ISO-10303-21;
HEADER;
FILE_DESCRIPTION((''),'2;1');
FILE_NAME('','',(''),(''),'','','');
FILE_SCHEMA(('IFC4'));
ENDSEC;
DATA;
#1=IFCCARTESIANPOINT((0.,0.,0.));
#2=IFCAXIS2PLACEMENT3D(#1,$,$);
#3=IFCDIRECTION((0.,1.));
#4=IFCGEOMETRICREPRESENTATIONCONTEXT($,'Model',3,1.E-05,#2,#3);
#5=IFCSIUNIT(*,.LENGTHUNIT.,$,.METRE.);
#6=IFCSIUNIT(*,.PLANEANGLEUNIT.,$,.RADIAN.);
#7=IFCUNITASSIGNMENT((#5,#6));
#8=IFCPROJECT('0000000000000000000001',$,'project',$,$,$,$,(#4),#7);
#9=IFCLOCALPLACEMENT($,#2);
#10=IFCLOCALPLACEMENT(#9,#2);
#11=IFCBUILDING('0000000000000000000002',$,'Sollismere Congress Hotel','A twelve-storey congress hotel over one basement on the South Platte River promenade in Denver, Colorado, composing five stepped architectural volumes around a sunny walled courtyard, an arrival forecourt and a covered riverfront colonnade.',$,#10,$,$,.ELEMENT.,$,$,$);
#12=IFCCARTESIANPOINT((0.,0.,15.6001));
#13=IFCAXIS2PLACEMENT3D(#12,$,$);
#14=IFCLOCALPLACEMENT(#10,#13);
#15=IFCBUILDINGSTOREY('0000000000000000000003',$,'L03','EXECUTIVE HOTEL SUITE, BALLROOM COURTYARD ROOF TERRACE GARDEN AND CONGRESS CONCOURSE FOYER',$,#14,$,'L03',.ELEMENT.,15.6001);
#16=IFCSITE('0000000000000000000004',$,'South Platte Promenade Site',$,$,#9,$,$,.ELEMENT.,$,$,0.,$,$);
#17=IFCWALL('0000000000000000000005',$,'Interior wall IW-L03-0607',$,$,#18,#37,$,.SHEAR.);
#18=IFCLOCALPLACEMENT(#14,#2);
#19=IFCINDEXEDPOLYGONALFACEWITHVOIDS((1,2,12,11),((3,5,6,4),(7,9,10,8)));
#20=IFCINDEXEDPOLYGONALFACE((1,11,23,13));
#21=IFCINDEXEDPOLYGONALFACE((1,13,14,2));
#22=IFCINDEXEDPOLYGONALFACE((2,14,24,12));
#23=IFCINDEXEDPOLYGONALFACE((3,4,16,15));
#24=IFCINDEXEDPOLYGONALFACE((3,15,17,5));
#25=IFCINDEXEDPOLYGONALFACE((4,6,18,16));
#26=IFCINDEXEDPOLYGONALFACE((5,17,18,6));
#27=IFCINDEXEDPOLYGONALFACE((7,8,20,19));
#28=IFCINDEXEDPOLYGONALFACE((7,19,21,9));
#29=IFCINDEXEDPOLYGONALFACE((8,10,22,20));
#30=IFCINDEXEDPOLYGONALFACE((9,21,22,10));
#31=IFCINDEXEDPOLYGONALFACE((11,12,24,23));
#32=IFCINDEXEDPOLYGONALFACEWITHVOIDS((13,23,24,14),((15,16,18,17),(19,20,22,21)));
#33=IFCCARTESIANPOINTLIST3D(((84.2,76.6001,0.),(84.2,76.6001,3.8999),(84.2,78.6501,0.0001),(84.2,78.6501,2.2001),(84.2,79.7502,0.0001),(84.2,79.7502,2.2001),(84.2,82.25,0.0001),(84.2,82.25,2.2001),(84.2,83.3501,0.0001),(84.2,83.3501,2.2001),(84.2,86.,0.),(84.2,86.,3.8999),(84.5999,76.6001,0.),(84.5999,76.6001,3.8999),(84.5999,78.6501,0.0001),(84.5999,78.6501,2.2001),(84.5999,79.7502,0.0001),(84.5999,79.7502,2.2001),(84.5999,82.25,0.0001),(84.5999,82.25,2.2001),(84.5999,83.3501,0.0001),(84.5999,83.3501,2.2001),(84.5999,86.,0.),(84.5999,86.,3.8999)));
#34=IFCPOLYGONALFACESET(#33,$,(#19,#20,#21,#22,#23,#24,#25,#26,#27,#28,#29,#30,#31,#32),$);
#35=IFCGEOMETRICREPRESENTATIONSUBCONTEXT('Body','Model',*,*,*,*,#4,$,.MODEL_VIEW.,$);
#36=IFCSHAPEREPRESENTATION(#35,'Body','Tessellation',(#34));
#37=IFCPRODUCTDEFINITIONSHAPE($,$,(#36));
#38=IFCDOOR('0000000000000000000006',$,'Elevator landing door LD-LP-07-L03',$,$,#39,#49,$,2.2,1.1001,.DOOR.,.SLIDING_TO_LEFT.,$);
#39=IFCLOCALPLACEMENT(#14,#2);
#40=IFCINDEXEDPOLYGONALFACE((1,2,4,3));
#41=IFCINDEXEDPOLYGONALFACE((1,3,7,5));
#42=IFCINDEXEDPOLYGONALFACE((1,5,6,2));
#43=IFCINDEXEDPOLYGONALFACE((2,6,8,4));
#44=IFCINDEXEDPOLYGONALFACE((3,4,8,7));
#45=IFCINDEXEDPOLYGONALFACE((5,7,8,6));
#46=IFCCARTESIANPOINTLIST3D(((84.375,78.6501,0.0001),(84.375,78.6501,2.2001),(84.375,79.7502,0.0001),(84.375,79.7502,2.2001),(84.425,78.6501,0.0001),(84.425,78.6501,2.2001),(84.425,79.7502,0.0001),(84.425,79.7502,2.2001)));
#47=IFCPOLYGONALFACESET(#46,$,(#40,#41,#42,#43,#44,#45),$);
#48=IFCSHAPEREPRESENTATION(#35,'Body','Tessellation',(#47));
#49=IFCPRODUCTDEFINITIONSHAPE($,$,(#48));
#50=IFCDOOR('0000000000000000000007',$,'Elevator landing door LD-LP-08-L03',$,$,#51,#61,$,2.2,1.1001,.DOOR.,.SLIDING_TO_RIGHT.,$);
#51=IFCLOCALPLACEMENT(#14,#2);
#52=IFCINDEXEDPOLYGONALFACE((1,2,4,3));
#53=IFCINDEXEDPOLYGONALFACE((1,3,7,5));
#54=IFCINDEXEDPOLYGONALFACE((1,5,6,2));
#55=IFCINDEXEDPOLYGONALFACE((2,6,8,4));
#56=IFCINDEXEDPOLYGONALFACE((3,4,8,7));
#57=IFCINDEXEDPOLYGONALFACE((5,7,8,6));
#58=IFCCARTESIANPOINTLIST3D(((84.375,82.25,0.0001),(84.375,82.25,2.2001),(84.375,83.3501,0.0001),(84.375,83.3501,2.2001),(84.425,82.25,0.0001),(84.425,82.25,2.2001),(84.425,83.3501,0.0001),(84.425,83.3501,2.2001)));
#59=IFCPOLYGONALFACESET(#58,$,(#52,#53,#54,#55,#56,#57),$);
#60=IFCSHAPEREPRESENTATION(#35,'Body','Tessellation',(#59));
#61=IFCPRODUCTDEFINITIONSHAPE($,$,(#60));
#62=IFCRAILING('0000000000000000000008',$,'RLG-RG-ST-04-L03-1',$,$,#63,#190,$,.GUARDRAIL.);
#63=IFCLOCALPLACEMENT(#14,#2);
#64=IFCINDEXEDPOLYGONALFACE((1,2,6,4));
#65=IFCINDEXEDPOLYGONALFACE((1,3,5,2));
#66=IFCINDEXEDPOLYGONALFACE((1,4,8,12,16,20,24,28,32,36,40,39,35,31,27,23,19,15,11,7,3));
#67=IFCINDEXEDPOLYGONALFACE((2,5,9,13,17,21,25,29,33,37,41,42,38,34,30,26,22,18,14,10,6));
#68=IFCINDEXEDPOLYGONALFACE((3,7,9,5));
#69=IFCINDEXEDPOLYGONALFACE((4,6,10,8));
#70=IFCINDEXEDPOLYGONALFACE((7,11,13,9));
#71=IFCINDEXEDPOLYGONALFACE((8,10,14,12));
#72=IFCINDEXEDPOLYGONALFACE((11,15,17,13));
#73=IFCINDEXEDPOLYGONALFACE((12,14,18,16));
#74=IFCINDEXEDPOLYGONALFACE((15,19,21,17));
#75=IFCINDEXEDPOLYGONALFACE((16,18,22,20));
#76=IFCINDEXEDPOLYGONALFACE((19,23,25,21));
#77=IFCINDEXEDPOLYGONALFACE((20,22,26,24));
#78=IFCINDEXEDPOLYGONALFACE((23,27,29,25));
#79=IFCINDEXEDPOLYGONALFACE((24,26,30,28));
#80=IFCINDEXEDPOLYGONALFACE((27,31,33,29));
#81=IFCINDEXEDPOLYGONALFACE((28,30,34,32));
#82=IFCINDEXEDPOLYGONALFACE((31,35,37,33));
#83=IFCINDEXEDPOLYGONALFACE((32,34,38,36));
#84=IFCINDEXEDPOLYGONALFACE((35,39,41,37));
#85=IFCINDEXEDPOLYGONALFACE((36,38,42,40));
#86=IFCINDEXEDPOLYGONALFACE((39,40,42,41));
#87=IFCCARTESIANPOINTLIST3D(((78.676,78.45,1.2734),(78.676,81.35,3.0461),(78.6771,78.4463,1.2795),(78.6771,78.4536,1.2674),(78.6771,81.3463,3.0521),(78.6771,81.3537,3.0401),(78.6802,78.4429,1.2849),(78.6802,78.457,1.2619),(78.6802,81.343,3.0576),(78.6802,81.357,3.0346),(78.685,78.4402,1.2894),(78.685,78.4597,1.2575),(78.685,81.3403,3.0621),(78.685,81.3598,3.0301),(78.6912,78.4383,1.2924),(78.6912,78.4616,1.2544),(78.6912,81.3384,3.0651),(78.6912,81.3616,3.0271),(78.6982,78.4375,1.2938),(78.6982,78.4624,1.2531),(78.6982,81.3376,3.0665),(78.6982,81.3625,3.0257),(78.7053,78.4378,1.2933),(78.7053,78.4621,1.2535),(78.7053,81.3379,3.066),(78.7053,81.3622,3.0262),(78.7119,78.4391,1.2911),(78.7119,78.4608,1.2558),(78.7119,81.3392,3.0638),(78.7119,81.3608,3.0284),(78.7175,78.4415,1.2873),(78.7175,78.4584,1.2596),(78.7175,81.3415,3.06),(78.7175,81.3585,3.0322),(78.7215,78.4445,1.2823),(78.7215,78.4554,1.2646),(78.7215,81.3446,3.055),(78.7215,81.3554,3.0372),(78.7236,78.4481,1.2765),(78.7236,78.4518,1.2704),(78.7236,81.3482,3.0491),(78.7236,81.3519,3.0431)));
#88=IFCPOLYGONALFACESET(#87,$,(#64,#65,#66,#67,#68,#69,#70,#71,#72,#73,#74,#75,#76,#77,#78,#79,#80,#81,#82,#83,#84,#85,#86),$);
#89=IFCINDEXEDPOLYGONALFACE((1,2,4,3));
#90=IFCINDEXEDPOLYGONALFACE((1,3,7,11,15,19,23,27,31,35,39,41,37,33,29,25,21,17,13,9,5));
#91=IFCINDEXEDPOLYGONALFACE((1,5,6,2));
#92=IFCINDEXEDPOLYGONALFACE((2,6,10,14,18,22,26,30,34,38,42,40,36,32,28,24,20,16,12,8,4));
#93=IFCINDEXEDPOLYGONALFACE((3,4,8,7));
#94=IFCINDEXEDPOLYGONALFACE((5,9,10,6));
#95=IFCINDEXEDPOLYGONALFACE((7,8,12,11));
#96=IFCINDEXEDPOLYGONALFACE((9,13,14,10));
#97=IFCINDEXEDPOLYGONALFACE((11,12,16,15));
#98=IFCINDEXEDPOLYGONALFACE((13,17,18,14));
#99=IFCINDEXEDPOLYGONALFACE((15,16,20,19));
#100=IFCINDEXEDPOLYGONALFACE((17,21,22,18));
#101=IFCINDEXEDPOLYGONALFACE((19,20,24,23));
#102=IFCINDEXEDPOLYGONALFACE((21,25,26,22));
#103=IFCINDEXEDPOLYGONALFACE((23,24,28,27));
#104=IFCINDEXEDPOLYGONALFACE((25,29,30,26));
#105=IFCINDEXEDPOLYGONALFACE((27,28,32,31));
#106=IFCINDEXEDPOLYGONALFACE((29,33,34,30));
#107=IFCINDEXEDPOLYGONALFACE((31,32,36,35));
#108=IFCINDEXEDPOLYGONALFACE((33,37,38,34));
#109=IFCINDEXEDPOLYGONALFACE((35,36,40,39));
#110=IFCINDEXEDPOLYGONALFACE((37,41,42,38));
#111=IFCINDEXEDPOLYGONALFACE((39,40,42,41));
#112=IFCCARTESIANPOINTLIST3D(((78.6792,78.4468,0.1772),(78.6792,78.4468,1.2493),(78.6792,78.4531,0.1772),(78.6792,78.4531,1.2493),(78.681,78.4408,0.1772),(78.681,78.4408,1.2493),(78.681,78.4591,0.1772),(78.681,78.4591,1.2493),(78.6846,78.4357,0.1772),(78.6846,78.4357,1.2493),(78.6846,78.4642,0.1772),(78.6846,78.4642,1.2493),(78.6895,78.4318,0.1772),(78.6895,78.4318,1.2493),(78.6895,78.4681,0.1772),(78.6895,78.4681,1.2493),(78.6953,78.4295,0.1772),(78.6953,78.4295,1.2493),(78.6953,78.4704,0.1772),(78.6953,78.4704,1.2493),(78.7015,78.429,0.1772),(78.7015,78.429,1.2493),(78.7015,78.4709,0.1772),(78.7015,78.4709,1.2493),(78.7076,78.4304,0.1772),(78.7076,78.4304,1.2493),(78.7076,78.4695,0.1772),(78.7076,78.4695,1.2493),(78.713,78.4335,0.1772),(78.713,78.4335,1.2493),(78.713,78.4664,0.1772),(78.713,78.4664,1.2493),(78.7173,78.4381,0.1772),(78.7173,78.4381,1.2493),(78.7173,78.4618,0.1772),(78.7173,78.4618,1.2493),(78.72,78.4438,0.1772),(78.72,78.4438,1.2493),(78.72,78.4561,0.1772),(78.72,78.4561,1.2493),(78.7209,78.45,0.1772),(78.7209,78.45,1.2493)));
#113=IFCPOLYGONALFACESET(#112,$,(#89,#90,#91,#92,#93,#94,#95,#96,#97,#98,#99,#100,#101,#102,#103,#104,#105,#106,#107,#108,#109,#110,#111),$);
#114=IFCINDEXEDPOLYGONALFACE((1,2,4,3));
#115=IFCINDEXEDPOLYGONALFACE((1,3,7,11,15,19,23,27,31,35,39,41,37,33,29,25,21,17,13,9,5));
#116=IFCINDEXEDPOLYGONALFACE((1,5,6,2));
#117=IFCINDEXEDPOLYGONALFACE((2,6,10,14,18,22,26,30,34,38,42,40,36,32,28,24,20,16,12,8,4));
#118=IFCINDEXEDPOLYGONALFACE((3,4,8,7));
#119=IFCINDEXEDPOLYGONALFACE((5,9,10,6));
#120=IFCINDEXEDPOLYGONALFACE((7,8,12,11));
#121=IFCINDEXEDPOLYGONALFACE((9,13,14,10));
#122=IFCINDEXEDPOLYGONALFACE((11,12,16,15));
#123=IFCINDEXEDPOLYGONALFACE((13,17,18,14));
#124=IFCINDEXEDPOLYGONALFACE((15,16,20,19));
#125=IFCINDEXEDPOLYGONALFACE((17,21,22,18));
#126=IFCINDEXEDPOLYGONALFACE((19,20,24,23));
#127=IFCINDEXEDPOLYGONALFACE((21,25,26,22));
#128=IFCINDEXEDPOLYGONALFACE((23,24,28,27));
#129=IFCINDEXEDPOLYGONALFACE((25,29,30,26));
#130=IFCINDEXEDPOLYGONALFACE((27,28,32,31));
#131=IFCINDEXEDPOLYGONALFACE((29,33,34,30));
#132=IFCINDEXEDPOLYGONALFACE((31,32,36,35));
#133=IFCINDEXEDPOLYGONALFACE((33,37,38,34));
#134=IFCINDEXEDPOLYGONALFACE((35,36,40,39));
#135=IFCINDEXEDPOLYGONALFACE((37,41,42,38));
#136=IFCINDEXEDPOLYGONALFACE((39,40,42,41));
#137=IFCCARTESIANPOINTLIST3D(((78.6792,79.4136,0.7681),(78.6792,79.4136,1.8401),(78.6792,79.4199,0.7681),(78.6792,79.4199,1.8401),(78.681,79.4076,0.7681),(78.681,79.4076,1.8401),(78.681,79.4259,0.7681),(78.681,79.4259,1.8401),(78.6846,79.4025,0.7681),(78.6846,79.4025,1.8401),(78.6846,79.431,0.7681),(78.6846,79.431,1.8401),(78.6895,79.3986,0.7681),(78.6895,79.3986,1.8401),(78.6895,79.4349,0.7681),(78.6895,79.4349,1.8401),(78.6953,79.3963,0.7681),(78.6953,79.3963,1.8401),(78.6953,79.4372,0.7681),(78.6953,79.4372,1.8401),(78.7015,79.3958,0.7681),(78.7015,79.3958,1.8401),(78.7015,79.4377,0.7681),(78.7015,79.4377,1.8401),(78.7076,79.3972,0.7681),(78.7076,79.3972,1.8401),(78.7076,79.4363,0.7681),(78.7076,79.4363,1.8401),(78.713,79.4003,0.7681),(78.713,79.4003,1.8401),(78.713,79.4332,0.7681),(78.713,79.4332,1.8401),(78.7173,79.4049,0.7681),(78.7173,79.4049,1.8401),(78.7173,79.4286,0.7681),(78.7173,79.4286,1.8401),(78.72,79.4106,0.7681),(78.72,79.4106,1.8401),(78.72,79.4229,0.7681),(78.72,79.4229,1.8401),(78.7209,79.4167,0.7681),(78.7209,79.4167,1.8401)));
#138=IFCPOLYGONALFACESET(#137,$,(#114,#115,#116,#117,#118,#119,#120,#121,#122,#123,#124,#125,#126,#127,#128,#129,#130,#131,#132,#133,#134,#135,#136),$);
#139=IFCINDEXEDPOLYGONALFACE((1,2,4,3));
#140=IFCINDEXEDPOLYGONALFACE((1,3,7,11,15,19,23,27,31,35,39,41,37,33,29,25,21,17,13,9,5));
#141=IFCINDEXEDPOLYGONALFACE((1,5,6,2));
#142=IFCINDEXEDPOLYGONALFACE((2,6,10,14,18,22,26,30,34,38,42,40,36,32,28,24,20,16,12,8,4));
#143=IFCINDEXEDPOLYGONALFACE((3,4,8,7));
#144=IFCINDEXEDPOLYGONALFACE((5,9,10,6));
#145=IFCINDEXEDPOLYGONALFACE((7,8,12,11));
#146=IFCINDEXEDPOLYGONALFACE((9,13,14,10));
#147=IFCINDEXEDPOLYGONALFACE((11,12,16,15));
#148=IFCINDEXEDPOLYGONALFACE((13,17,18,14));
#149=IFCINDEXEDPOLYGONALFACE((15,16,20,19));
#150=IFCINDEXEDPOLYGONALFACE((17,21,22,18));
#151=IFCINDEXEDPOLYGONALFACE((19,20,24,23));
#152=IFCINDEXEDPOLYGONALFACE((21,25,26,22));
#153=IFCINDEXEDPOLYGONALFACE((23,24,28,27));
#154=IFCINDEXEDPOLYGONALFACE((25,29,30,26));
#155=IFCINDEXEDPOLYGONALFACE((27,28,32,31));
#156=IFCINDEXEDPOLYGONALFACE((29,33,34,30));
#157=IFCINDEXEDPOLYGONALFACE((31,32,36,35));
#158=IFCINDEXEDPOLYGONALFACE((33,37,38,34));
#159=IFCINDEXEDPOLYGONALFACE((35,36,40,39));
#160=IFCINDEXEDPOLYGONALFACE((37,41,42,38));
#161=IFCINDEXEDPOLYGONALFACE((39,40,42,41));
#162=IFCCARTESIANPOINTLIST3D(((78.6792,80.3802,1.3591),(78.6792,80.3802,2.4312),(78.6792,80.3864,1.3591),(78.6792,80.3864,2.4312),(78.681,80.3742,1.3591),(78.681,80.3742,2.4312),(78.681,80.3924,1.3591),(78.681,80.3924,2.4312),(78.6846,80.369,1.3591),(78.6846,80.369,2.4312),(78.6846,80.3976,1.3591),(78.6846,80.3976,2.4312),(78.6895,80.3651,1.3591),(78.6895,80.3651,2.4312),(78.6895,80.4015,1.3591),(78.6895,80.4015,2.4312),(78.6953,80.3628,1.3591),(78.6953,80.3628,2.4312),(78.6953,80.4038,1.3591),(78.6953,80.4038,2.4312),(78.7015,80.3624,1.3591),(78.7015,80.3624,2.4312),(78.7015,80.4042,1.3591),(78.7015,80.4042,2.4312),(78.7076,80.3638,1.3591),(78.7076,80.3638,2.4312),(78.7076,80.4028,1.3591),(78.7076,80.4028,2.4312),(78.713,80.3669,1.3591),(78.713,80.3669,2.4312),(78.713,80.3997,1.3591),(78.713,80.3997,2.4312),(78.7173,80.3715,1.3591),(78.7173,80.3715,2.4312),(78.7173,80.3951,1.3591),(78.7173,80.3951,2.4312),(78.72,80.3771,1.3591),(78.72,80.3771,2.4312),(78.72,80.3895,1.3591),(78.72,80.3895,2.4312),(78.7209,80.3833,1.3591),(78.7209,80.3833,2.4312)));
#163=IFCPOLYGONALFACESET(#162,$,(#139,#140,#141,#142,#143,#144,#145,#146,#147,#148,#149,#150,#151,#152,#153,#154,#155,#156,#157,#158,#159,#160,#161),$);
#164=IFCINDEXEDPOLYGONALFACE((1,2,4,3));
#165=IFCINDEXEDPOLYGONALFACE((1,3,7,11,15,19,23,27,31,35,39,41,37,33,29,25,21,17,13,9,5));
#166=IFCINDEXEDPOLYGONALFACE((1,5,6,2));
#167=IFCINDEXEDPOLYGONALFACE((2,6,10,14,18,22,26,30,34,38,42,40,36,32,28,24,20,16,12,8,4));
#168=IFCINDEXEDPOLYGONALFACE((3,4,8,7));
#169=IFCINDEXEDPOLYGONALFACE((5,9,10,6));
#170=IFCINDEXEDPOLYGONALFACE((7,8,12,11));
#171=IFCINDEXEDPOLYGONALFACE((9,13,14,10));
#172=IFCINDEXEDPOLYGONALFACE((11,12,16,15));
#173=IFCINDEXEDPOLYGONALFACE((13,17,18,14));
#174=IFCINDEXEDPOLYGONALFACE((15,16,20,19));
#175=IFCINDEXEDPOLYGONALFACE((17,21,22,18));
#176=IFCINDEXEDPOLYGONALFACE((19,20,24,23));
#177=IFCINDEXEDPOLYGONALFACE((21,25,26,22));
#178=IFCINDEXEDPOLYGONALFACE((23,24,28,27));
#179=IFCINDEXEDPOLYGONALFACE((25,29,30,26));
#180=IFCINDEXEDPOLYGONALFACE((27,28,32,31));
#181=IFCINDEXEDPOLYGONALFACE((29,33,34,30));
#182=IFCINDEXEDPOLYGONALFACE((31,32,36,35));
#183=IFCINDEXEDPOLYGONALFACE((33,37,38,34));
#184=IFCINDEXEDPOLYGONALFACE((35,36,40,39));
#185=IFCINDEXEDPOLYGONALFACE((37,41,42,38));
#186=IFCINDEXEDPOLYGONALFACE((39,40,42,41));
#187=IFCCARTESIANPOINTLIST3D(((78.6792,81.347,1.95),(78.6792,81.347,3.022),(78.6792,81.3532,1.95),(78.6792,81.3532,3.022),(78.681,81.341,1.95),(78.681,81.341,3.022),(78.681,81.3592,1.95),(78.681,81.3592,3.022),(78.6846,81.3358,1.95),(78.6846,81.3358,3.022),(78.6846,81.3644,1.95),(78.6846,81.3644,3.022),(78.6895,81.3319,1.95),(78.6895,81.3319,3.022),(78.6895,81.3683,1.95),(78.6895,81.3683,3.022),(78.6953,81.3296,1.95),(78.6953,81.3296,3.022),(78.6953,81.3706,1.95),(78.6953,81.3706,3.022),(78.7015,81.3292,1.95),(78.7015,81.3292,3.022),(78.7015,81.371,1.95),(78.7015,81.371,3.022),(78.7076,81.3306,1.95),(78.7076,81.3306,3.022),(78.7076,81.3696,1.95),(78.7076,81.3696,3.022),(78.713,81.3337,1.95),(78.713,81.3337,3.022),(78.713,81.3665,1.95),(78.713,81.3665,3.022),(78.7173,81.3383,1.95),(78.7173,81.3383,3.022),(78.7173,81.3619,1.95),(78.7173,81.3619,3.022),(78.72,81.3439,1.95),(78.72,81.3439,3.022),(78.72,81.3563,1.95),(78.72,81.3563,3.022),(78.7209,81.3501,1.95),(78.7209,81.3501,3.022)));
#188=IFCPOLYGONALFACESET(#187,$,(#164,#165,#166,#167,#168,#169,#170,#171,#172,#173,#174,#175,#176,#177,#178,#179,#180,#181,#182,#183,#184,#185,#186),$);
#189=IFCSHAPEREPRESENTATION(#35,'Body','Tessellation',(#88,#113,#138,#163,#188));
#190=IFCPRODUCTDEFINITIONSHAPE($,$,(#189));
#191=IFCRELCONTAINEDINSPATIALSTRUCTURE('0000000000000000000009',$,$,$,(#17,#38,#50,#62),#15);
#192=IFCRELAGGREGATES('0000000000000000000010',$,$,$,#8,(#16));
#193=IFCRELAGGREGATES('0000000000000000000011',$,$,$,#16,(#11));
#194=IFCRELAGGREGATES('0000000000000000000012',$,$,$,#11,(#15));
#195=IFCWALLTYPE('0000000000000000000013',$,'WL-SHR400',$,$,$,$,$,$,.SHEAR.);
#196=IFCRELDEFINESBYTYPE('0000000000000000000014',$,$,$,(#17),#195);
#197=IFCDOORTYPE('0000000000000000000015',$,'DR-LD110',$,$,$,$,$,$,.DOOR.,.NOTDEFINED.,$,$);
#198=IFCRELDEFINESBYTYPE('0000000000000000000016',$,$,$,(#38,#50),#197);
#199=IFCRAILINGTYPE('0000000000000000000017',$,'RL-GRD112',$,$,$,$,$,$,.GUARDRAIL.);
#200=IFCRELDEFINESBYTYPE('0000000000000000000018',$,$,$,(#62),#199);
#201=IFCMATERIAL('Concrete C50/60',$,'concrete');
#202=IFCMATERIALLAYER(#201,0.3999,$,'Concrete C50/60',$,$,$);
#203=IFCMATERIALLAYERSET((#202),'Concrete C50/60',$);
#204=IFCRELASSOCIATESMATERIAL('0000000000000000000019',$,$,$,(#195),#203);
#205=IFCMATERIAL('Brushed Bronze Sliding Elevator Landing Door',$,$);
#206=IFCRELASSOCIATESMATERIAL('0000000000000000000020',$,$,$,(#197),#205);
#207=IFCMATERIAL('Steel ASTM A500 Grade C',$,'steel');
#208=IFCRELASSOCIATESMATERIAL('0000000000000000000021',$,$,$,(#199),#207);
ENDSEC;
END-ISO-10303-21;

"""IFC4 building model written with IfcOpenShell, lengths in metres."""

from ifc_helpers import new_model, si_unit, direction, frame, frame_2d, origin, origin_2d, place, context, subcontext, project, spatial, rectangle, circle, extrude, material, layer, layer_set, type_object, element, fill, save


model = new_model("IFC4")

# Units and contexts
model_context = context("Model", 3, precision=1e-05, world=origin(), true_north=direction((0.0, 1.0)))
body_context = subcontext(model_context, "Body", "Model", "MODEL_VIEW")
ifc_project = project(units=[si_unit("LENGTHUNIT", "METRE"), si_unit("PLANEANGLEUNIT", "RADIAN")], contexts=[model_context])

# Site, building, storey
site_placement = place(None, origin())
site = spatial("IfcSite", under=ifc_project, at=site_placement, Name="South Platte Promenade Site", CompositionType="ELEMENT", RefElevation=0.0)
building_placement = place(site_placement, origin())
building = spatial("IfcBuilding", under=site, at=building_placement, Name="Sollismere Congress Hotel", Description="A twelve-storey congress hotel over one basement on the South Platte River promenade in Denver, Colorado, composing five stepped architectural volumes around a sunny walled courtyard, an arrival forecourt and a covered riverfront colonnade.", CompositionType="ELEMENT")
storey_placement = place(building_placement, frame((0.0, 0.0, 15.6001)))
storey = spatial("IfcBuildingStorey", under=building, at=storey_placement, Name="L03", Description="EXECUTIVE HOTEL SUITE, BALLROOM COURTYARD ROOF TERRACE GARDEN AND CONGRESS CONCOURSE FOYER", LongName="L03", CompositionType="ELEMENT", Elevation=15.6001)

# Shared definitions
ifc_material_1 = material(Name="Concrete C50/60", Category="concrete")

# Shared definitions
ifc_layer_1 = layer(ifc_material_1, 0.3999, Name="Concrete C50/60")
ifc_layer_set_1 = layer_set([ifc_layer_1], Name="Concrete C50/60")
wall_type_1 = type_object("IfcWallType", Name="WL-SHR400", PredefinedType="SHEAR", material=ifc_layer_set_1)

# Wall, openings, doors
wall_1_placement = place(storey_placement, frame((84.3999, 76.6001, 0.0), z_axis=(0.0, 0.0, 1.0), x_axis=(0.0, 1.0, 0.0)))
wall_1 = element("IfcWall", 1, at=wall_1_placement, inside=storey, type_object=wall_type_1, Name="Interior wall IW-L03-0607", PredefinedType="SHEAR", context=body_context, shape_type="SweptSolid", body=[
    extrude(rectangle(XDim=9.3999, YDim=0.3999, at=frame_2d((4.7, 0.0))), origin(), (0.0, 0.0, 1.0), 3.8999),
])
opening_1_placement = place(wall_1_placement, frame((2.05, 0.0, 0.0)))
opening_1 = element("IfcOpeningElement", 2, at=opening_1_placement, cuts=wall_1, PredefinedType="OPENING", context=body_context, shape_type="SweptSolid", body=[
    extrude(rectangle(XDim=1.1001, YDim=2.2, at=frame_2d((0.55, 1.1001))), frame((0.0, 0.21, 0.0), z_axis=(0.0, -1.0, 0.0), x_axis=(1.0, 0.0, 0.0)), (0.0, 0.0, 1.0), 0.4199),
])
opening_2_placement = place(wall_1_placement, frame((5.6499, 0.0, 0.0)))
opening_2 = element("IfcOpeningElement", 3, at=opening_2_placement, cuts=wall_1, PredefinedType="OPENING", context=body_context, shape_type="SweptSolid", body=[
    extrude(rectangle(XDim=1.1001, YDim=2.2, at=frame_2d((0.55, 1.1001))), frame((0.0, 0.21, 0.0), z_axis=(0.0, -1.0, 0.0), x_axis=(1.0, 0.0, 0.0)), (0.0, 0.0, 1.0), 0.4199),
])
ifc_material_2 = material(Name="Brushed Bronze Sliding Elevator Landing Door")
door_type_1 = type_object("IfcDoorType", Name="DR-LD110", OperationType="NOTDEFINED", PredefinedType="DOOR", material=ifc_material_2)
door_1_placement = place(opening_1_placement, origin())
door_1 = element("IfcDoor", 4, at=door_1_placement, inside=storey, type_object=door_type_1, Name="Elevator landing door LD-LP-07-L03", OperationType="SLIDING_TO_LEFT", OverallHeight=2.2, OverallWidth=1.1001, PredefinedType="DOOR", context=body_context, shape_type="SweptSolid", body=[
    extrude(rectangle(XDim=1.1001, YDim=2.2, at=frame_2d((0.55, 1.1001))), frame((0.0, 0.0249, 0.0), z_axis=(0.0, -1.0, 0.0), x_axis=(1.0, 0.0, 0.0)), (0.0, 0.0, 1.0), 0.05),
])
fill(opening_1, door_1)
door_2_placement = place(opening_2_placement, origin())
door_2 = element("IfcDoor", 5, at=door_2_placement, inside=storey, type_object=door_type_1, Name="Elevator landing door LD-LP-08-L03", OperationType="SLIDING_TO_RIGHT", OverallHeight=2.2, OverallWidth=1.1001, PredefinedType="DOOR", context=body_context, shape_type="SweptSolid", body=[
    extrude(rectangle(XDim=1.1001, YDim=2.2, at=frame_2d((0.55, 1.1001))), frame((0.0, 0.0249, 0.0), z_axis=(0.0, -1.0, 0.0), x_axis=(1.0, 0.0, 0.0)), (0.0, 0.0, 1.0), 0.05),
])
fill(opening_2, door_2)

# Railing
ifc_material_3 = material(Name="Steel ASTM A500 Grade C", Category="steel")
railing_type = type_object("IfcRailingType", Name="RL-GRD112", PredefinedType="GUARDRAIL", material=ifc_material_3)
railing_1_placement = place(storey_placement, frame((78.7, 78.45, 0.1772)))
element("IfcRailing", 6, at=railing_1_placement, inside=storey, type_object=railing_type, Name="RLG-RG-ST-04-L03-1", PredefinedType="GUARDRAIL", context=body_context, shape_type="SweptSolid", body=[
    extrude(circle(Radius=0.0239, at=origin_2d()), frame((0.0, 0.0, 1.0962), z_axis=(0.0, 0.85323, 0.521534), x_axis=(-1.0, 0.0, 0.0)), (0.0, 0.0, 1.0), 3.3989),
    extrude(circle(Radius=0.021, at=origin_2d()), origin(), (0.0, 0.0, 1.0), 1.072),
    extrude(circle(Radius=0.021, at=origin_2d()), frame((0.0, 0.9668, 0.5908)), (0.0, 0.0, 1.0), 1.072),
    extrude(circle(Radius=0.021, at=origin_2d()), frame((0.0, 1.9333, 1.1819)), (0.0, 0.0, 1.0), 1.072),
    extrude(circle(Radius=0.021, at=origin_2d()), frame((0.0, 2.9001, 1.7727)), (0.0, 0.0, 1.0), 1.072),
])

save(model, "model.ifc")
